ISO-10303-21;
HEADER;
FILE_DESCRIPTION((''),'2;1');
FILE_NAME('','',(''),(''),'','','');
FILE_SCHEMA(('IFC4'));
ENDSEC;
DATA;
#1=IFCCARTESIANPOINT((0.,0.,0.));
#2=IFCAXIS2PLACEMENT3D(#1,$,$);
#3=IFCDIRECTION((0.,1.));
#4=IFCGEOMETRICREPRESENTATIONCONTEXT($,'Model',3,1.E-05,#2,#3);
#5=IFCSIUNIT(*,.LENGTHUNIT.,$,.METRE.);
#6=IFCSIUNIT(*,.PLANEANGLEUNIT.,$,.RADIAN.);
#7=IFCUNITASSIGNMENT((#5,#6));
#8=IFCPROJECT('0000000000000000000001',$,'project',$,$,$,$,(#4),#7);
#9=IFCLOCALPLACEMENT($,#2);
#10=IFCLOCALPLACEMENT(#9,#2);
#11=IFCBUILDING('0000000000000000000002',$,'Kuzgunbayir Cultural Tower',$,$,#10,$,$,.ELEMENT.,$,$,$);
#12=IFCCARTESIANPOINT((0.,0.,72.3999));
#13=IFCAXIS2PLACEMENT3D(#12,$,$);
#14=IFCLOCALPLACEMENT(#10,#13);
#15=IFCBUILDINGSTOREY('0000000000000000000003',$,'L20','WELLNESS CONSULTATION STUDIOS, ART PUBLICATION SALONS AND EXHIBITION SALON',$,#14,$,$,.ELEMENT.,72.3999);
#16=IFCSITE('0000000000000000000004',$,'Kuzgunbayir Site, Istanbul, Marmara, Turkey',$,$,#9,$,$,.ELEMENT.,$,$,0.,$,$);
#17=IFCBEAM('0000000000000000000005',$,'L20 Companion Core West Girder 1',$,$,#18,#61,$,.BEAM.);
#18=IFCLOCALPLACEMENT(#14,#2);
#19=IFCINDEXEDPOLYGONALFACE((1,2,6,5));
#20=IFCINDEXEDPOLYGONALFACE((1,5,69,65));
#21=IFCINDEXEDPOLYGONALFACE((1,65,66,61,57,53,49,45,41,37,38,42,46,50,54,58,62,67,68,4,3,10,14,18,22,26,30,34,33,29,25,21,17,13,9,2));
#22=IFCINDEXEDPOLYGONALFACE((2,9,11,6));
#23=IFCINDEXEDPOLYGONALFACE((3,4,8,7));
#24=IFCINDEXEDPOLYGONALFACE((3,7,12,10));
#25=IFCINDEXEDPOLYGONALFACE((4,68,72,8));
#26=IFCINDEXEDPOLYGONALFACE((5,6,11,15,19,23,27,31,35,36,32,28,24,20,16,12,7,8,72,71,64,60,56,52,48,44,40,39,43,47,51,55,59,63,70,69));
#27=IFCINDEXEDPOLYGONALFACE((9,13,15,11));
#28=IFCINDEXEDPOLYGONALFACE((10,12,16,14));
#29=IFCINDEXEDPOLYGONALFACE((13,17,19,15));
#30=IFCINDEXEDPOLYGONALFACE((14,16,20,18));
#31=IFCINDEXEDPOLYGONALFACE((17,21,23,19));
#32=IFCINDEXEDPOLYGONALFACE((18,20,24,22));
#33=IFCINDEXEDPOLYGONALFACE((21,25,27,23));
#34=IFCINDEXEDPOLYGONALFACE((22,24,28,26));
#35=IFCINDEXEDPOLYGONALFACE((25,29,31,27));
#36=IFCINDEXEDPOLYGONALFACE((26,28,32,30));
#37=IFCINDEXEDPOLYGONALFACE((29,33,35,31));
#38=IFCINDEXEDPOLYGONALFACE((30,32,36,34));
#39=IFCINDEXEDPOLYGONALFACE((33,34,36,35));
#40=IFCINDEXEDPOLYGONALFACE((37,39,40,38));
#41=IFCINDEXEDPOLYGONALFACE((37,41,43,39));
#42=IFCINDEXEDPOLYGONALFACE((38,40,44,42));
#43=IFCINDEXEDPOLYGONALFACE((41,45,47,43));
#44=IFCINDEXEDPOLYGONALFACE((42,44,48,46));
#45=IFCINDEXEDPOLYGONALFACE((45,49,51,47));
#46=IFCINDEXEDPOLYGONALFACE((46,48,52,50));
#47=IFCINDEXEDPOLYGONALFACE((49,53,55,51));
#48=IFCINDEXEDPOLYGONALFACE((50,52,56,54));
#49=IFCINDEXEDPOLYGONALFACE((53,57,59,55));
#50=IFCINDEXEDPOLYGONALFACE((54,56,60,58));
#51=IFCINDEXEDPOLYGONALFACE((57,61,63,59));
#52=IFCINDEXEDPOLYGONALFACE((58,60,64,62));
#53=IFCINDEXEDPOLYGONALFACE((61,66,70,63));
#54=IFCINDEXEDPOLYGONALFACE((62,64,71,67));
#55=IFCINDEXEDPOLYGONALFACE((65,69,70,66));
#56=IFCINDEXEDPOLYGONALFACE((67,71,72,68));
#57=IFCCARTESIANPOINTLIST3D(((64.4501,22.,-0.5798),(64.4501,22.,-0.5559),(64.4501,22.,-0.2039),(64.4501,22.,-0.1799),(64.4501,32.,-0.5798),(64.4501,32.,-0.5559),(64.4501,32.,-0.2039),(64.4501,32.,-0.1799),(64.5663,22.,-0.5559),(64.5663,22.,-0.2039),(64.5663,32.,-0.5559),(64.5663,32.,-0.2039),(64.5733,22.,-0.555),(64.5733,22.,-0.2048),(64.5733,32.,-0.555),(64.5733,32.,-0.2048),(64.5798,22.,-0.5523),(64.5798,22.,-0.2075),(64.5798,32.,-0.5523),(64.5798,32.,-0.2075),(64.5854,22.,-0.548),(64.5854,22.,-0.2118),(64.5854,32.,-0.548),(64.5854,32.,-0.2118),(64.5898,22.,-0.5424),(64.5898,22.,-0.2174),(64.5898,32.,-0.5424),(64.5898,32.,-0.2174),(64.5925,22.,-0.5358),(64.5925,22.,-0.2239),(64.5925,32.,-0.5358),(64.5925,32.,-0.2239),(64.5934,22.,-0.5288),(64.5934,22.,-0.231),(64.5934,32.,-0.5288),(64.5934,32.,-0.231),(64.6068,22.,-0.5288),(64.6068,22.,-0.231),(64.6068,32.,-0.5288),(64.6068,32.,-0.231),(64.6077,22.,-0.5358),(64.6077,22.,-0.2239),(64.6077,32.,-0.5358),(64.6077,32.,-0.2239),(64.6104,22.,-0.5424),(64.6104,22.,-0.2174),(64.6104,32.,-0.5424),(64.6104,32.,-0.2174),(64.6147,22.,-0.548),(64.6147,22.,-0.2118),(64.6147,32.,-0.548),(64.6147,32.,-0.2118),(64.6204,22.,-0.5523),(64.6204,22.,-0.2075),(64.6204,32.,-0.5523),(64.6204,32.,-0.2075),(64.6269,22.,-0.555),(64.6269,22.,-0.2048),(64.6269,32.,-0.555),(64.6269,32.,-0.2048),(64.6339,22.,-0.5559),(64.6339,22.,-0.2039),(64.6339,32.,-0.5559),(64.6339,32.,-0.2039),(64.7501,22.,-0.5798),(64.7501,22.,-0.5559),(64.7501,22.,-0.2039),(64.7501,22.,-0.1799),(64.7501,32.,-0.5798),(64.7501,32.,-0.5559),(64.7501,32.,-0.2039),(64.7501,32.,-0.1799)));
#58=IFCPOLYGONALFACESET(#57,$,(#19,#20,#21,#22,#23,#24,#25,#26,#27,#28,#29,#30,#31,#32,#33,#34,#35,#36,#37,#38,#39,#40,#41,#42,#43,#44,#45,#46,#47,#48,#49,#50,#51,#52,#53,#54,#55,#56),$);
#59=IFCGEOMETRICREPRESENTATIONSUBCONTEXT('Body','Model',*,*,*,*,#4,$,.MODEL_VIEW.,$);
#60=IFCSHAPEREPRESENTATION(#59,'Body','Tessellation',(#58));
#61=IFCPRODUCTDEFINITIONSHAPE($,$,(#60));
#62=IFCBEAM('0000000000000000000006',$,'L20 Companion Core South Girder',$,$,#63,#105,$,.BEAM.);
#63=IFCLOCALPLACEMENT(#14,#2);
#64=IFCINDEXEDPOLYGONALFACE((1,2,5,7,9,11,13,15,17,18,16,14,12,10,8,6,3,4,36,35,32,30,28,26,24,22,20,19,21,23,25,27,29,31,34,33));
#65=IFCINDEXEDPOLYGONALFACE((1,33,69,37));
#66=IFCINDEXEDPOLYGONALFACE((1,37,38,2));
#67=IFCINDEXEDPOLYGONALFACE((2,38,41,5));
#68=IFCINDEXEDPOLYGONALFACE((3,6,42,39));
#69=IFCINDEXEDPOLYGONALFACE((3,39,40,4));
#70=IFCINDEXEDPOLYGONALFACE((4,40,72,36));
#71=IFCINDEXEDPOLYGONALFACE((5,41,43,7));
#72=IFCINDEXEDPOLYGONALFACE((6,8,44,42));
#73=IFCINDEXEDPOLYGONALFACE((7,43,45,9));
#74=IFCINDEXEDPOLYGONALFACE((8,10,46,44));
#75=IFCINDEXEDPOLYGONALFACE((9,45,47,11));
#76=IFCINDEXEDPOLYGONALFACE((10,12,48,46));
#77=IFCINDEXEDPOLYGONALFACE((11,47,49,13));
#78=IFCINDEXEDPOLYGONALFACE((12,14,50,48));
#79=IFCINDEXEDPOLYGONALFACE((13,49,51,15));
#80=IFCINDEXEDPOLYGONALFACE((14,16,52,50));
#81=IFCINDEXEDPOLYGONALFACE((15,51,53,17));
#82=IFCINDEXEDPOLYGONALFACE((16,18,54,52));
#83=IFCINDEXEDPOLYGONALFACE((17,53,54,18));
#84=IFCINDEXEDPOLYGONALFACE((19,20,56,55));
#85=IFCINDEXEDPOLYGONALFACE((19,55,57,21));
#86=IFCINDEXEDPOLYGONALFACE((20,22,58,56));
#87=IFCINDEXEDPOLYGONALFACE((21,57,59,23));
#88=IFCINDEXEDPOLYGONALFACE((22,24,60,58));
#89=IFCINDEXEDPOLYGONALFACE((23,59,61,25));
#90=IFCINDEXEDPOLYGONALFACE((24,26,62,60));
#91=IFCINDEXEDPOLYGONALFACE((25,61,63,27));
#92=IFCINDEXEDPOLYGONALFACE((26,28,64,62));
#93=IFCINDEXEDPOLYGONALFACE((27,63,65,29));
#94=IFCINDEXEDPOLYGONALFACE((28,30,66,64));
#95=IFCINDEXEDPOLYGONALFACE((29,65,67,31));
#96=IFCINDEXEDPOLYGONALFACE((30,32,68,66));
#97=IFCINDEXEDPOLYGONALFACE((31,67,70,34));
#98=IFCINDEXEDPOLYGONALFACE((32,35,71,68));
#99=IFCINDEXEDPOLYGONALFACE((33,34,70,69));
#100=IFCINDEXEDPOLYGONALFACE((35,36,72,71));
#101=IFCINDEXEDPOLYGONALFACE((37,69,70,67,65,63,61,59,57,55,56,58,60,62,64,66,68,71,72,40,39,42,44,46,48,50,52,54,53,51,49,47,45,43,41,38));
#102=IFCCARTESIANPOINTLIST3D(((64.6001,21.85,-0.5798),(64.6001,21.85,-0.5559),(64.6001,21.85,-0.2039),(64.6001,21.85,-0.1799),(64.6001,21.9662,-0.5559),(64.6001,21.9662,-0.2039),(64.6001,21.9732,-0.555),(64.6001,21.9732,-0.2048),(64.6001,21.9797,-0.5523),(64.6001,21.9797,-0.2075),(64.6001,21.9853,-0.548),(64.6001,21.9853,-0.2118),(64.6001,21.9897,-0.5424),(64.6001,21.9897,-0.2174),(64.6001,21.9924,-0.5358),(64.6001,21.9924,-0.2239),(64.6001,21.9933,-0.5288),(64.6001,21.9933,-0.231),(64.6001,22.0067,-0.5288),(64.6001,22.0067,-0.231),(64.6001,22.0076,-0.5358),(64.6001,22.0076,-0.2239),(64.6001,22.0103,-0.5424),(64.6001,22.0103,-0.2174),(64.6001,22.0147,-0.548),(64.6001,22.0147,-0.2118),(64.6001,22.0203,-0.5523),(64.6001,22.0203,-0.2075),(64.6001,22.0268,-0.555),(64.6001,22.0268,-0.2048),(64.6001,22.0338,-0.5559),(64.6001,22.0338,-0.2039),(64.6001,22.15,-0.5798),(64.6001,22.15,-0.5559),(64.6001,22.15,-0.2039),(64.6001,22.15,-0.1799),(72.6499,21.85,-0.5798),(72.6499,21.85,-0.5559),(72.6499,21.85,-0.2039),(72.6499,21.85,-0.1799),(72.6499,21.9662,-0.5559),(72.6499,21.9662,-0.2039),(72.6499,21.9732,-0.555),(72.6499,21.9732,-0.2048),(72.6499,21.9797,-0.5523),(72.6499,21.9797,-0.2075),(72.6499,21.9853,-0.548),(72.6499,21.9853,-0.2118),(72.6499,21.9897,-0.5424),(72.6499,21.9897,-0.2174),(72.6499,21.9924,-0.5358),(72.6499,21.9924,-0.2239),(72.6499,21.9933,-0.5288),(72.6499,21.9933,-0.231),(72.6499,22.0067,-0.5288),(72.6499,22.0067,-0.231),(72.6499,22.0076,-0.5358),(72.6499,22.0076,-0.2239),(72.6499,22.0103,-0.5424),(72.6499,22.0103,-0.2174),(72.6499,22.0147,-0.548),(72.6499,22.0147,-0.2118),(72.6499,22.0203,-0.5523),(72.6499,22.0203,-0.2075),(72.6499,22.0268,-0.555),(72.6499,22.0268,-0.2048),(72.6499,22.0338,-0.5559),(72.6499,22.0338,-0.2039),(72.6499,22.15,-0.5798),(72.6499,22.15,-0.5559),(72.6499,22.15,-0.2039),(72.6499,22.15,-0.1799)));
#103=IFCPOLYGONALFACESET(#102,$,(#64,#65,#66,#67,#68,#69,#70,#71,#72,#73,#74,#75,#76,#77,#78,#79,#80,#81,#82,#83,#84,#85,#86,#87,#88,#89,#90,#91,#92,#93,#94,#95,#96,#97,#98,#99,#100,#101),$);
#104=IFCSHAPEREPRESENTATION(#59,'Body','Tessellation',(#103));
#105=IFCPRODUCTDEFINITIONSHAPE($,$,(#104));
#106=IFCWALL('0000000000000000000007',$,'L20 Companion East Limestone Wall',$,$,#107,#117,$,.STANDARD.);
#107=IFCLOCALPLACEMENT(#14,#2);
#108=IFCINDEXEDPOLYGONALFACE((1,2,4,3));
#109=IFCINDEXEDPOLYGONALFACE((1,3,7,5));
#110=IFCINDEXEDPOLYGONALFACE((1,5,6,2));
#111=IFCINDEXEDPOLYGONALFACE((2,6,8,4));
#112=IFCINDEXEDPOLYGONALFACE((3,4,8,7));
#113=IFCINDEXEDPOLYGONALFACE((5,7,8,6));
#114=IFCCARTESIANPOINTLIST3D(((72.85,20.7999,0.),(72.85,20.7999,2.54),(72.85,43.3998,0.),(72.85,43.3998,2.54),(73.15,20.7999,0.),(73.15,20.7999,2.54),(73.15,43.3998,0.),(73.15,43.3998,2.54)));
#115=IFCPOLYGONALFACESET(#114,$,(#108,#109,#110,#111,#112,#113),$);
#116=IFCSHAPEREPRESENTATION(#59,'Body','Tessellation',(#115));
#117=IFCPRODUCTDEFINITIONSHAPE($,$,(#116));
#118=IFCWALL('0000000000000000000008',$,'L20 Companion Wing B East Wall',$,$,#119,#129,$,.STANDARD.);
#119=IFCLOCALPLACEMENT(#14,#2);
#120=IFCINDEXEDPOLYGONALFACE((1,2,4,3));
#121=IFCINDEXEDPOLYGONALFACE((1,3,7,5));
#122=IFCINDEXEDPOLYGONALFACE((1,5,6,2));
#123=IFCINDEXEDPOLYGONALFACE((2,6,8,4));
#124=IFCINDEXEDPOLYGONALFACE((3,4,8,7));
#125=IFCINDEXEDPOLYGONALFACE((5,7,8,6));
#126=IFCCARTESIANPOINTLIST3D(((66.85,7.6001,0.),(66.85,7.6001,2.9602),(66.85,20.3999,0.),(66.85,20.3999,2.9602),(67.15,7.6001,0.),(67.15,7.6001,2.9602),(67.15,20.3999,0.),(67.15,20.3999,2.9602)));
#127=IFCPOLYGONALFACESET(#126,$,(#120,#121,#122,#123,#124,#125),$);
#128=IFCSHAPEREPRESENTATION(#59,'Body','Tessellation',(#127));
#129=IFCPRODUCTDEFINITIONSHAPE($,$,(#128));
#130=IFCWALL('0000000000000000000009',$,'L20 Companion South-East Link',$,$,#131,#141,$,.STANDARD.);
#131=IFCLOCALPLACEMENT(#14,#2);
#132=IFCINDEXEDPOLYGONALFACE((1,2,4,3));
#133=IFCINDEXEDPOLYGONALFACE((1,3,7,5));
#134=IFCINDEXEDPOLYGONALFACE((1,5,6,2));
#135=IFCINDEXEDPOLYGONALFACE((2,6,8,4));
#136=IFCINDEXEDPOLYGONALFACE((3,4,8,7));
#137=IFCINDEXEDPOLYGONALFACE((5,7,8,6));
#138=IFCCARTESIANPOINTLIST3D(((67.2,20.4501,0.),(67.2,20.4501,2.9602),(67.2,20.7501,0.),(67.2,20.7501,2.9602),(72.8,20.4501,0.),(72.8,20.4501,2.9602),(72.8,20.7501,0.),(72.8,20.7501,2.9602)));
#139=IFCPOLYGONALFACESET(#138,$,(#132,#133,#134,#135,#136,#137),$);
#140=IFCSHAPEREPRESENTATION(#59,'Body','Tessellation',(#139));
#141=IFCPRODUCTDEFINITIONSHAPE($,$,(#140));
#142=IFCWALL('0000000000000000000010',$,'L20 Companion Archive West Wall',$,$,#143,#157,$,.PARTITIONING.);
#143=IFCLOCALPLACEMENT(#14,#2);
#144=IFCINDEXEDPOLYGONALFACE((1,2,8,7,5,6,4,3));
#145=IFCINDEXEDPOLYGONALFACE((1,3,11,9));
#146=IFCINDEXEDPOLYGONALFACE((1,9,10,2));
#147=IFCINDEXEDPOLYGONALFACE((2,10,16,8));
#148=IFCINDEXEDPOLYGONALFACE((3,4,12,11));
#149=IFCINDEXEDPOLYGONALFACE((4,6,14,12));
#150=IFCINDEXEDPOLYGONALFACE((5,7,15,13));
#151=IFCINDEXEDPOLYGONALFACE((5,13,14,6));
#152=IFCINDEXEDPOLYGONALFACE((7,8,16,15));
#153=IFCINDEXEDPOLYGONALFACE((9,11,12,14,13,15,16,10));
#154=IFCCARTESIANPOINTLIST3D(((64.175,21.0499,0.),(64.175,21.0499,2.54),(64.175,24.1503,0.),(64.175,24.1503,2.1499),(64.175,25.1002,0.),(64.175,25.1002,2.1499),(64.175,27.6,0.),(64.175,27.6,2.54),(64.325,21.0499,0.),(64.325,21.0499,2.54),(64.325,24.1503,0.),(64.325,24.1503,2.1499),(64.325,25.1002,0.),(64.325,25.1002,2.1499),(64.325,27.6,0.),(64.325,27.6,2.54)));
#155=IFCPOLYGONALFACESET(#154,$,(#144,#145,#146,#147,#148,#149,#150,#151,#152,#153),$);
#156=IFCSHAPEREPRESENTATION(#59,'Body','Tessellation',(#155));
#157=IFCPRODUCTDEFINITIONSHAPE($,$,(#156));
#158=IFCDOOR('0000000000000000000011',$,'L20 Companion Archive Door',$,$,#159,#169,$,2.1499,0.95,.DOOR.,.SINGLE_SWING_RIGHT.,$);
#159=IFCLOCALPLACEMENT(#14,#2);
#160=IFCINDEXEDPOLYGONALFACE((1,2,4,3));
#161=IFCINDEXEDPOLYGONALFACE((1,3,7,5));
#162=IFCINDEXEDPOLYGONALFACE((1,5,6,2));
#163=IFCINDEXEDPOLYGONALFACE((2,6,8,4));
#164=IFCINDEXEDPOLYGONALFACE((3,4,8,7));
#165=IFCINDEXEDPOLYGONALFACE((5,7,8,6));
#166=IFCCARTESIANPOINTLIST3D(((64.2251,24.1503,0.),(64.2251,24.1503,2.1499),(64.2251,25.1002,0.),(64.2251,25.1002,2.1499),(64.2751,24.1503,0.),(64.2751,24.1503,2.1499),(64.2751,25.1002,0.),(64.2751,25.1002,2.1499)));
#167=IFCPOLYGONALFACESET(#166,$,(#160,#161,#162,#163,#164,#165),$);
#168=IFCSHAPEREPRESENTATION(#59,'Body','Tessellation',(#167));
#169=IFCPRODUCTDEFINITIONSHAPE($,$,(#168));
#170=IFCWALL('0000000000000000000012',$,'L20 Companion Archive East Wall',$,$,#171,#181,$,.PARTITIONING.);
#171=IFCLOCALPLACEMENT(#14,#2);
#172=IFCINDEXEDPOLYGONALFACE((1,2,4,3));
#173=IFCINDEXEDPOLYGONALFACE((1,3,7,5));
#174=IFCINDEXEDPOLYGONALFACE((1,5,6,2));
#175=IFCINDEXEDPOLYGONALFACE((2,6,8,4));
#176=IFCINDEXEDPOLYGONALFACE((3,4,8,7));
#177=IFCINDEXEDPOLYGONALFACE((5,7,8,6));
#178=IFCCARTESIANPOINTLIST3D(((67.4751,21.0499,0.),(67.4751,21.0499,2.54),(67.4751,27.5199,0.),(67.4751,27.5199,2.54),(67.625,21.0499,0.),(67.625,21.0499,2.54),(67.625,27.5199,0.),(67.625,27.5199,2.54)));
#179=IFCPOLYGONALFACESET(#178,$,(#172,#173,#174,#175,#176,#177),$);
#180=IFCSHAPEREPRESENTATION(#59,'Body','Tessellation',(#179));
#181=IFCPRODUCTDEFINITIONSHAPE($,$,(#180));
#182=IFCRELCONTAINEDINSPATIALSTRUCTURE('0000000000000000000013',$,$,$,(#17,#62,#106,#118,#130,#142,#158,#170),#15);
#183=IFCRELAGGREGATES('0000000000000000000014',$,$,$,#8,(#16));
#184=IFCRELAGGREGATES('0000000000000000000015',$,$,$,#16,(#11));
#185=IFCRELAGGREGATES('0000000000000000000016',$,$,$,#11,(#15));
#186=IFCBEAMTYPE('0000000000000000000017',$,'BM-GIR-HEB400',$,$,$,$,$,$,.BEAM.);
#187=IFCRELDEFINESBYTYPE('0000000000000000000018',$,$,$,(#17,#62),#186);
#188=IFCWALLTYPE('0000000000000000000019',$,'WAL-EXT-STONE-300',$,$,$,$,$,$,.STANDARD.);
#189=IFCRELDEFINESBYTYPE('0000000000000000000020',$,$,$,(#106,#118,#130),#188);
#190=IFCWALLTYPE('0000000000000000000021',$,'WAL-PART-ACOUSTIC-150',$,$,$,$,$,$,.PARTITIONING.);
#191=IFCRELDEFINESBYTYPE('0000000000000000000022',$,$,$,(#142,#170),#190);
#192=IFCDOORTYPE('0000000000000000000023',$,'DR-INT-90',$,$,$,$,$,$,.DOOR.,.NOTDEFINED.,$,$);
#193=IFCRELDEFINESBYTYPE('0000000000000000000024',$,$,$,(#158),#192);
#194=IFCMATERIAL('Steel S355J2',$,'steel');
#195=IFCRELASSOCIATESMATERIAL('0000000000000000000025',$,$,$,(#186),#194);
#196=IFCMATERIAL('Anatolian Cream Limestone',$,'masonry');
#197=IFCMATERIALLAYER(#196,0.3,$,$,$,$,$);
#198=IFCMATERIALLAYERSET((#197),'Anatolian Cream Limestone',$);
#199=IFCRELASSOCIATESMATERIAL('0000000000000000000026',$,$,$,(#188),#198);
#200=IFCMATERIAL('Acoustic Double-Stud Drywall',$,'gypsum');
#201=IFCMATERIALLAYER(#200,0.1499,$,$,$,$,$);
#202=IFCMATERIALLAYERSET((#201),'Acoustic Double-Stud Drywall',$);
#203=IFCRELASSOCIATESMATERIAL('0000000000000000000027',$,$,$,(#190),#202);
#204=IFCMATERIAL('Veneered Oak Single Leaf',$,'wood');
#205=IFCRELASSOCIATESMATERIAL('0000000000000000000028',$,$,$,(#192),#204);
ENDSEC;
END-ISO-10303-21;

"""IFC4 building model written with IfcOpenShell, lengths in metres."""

from ifc_helpers import new_model, si_unit, direction, frame, frame_2d, origin, origin_2d, place, context, subcontext, project, spatial, rectangle, i_section, extrude, material, layer, layer_set, material_profile, profile_set, type_object, element, fill, save


model = new_model("IFC4")

# Units and contexts
model_context = context("Model", 3, precision=1e-05, world=origin(), true_north=direction((0.0, 1.0)))
body_context = subcontext(model_context, "Body", "Model", "MODEL_VIEW")
ifc_project = project(units=[si_unit("LENGTHUNIT", "METRE"), si_unit("PLANEANGLEUNIT", "RADIAN")], contexts=[model_context])

# Site, building, storey
site_placement = place(None, origin())
site = spatial("IfcSite", under=ifc_project, at=site_placement, Name="Kuzgunbayir Site, Istanbul, Marmara, Turkey", CompositionType="ELEMENT", RefElevation=0.0)
building_placement = place(site_placement, origin())
building = spatial("IfcBuilding", under=site, at=building_placement, Name="Kuzgunbayir Cultural Tower", CompositionType="ELEMENT")
storey_placement = place(building_placement, frame((0.0, 0.0, 72.3999)))
storey = spatial("IfcBuildingStorey", under=building, at=storey_placement, Name="L20", Description="WELLNESS CONSULTATION STUDIOS, ART PUBLICATION SALONS AND EXHIBITION SALON", CompositionType="ELEMENT", Elevation=72.3999)

# Beams
ifc_material_1 = material(Name="Steel S355J2", Category="steel")
ifc_material_profile_1 = material_profile(ifc_material_1, i_section(OverallWidth=0.3, OverallDepth=0.3999, WebThickness=0.0134, FlangeThickness=0.0239, FilletRadius=0.0271, at=origin_2d()), Name="HEB 400")
ifc_profile_set_1 = profile_set([ifc_material_profile_1], Name="Steel S355J2")
beam_type_1 = type_object("IfcBeamType", Name="BM-GIR-HEB400", PredefinedType="BEAM", material=ifc_profile_set_1)
beam_1_placement = place(storey_placement, frame((64.6001, 22.0, -0.3799), z_axis=(0.0, 1.0, 0.0), x_axis=(-1.0, 0.0, 0.0)))
element("IfcBeam", 1, at=beam_1_placement, inside=storey, type_object=beam_type_1, Name="L20 Companion Core West Girder 1", PredefinedType="BEAM", context=body_context, shape_type="SweptSolid", body=[
    extrude(i_section(OverallWidth=0.3, OverallDepth=0.3999, WebThickness=0.0134, FlangeThickness=0.0239, FilletRadius=0.0271, at=origin_2d()), origin(), (0.0, 0.0, 1.0), 10.0),
])
beam_2_placement = place(storey_placement, frame((64.6001, 22.0, -0.3799), z_axis=(1.0, 0.0, 0.0), x_axis=(0.0, 1.0, 0.0)))
element("IfcBeam", 2, at=beam_2_placement, inside=storey, type_object=beam_type_1, Name="L20 Companion Core South Girder", PredefinedType="BEAM", context=body_context, shape_type="SweptSolid", body=[
    extrude(i_section(OverallWidth=0.3, OverallDepth=0.3999, WebThickness=0.0134, FlangeThickness=0.0239, FilletRadius=0.0271, at=origin_2d()), origin(), (0.0, 0.0, 1.0), 8.0498),
])

# Walls
ifc_material_2 = material(Name="Anatolian Cream Limestone", Category="masonry")
ifc_layer_1 = layer(ifc_material_2, 0.3)
ifc_layer_set_1 = layer_set([ifc_layer_1], Name="Anatolian Cream Limestone")
wall_type_1 = type_object("IfcWallType", Name="WAL-EXT-STONE-300", PredefinedType="STANDARD", material=ifc_layer_set_1)
wall_1_placement = place(storey_placement, frame((73.0, 20.8, 0.0), z_axis=(0.0, 0.0, 1.0), x_axis=(0.0, 1.0, 0.0)))
element("IfcWall", 3, at=wall_1_placement, inside=storey, type_object=wall_type_1, Name="L20 Companion East Limestone Wall", PredefinedType="STANDARD", context=body_context, shape_type="SweptSolid", body=[
    extrude(rectangle(XDim=22.5999, YDim=0.3, at=frame_2d((11.2998, 0.0))), origin(), (0.0, 0.0, 1.0), 2.54),
])
wall_2_placement = place(storey_placement, frame((67.0, 7.6001, 0.0), z_axis=(0.0, 0.0, 1.0), x_axis=(0.0, 1.0, 0.0)))
element("IfcWall", 4, at=wall_2_placement, inside=storey, type_object=wall_type_1, Name="L20 Companion Wing B East Wall", PredefinedType="STANDARD", context=body_context, shape_type="SweptSolid", body=[
    extrude(rectangle(XDim=12.7998, YDim=0.3, at=frame_2d((6.3999, 0.0))), origin(), (0.0, 0.0, 1.0), 2.9602),
])
wall_3_placement = place(storey_placement, frame((67.2, 20.6001, 0.0), z_axis=(0.0, 0.0, 1.0), x_axis=(1.0, 0.0, 0.0)))
element("IfcWall", 5, at=wall_3_placement, inside=storey, type_object=wall_type_1, Name="L20 Companion South-East Link", PredefinedType="STANDARD", context=body_context, shape_type="SweptSolid", body=[
    extrude(rectangle(XDim=5.6001, YDim=0.3, at=frame_2d((2.8, 0.0))), origin(), (0.0, 0.0, 1.0), 2.9602),
])

# Wall, opening, door
ifc_material_3 = material(Name="Acoustic Double-Stud Drywall", Category="gypsum")
ifc_layer_2 = layer(ifc_material_3, 0.1499)
ifc_layer_set_2 = layer_set([ifc_layer_2], Name="Acoustic Double-Stud Drywall")
wall_type_2 = type_object("IfcWallType", Name="WAL-PART-ACOUSTIC-150", PredefinedType="PARTITIONING", material=ifc_layer_set_2)
wall_4_placement = place(storey_placement, frame((64.25, 21.05, 0.0), z_axis=(0.0, 0.0, 1.0), x_axis=(0.0, 1.0, 0.0)))
wall_4 = element("IfcWall", 6, at=wall_4_placement, inside=storey, type_object=wall_type_2, Name="L20 Companion Archive West Wall", PredefinedType="PARTITIONING", context=body_context, shape_type="SweptSolid", body=[
    extrude(rectangle(XDim=6.55, YDim=0.1499, at=frame_2d((3.2749, 0.0))), origin(), (0.0, 0.0, 1.0), 2.54),
])
opening_1_placement = place(wall_4_placement, frame((3.1001, 0.0, 0.0)))
opening_1 = element("IfcOpeningElement", 7, at=opening_1_placement, cuts=wall_4, PredefinedType="OPENING", context=body_context, shape_type="SweptSolid", body=[
    extrude(rectangle(XDim=0.95, YDim=2.1499, at=frame_2d((0.4751, 1.075))), frame((0.0, 0.085, 0.0), z_axis=(0.0, -1.0, 0.0), x_axis=(1.0, 0.0, 0.0)), (0.0, 0.0, 1.0), 0.1699),
])
ifc_material_4 = material(Name="Veneered Oak Single Leaf", Category="wood")
door_type_1 = type_object("IfcDoorType", Name="DR-INT-90", OperationType="NOTDEFINED", PredefinedType="DOOR", material=ifc_material_4)
door_1_placement = place(opening_1_placement, origin())
door_1 = element("IfcDoor", 8, at=door_1_placement, inside=storey, type_object=door_type_1, Name="L20 Companion Archive Door", OperationType="SINGLE_SWING_RIGHT", OverallHeight=2.1499, OverallWidth=0.95, PredefinedType="DOOR", context=body_context, shape_type="SweptSolid", body=[
    extrude(rectangle(XDim=0.95, YDim=2.1499, at=frame_2d((0.4751, 1.075))), frame((0.0, 0.0249, 0.0), z_axis=(0.0, -1.0, 0.0), x_axis=(1.0, 0.0, 0.0)), (0.0, 0.0, 1.0), 0.05),
])
fill(opening_1, door_1)

# Wall
wall_5_placement = place(storey_placement, frame((67.55, 21.05, 0.0), z_axis=(0.0, 0.0, 1.0), x_axis=(0.0, 1.0, 0.0)))
element("IfcWall", 9, at=wall_5_placement, inside=storey, type_object=wall_type_2, Name="L20 Companion Archive East Wall", PredefinedType="PARTITIONING", context=body_context, shape_type="SweptSolid", body=[
    extrude(rectangle(XDim=6.47, YDim=0.1499, at=frame_2d((3.2349, 0.0))), origin(), (0.0, 0.0, 1.0), 2.54),
])

save(model, "model.ifc")
